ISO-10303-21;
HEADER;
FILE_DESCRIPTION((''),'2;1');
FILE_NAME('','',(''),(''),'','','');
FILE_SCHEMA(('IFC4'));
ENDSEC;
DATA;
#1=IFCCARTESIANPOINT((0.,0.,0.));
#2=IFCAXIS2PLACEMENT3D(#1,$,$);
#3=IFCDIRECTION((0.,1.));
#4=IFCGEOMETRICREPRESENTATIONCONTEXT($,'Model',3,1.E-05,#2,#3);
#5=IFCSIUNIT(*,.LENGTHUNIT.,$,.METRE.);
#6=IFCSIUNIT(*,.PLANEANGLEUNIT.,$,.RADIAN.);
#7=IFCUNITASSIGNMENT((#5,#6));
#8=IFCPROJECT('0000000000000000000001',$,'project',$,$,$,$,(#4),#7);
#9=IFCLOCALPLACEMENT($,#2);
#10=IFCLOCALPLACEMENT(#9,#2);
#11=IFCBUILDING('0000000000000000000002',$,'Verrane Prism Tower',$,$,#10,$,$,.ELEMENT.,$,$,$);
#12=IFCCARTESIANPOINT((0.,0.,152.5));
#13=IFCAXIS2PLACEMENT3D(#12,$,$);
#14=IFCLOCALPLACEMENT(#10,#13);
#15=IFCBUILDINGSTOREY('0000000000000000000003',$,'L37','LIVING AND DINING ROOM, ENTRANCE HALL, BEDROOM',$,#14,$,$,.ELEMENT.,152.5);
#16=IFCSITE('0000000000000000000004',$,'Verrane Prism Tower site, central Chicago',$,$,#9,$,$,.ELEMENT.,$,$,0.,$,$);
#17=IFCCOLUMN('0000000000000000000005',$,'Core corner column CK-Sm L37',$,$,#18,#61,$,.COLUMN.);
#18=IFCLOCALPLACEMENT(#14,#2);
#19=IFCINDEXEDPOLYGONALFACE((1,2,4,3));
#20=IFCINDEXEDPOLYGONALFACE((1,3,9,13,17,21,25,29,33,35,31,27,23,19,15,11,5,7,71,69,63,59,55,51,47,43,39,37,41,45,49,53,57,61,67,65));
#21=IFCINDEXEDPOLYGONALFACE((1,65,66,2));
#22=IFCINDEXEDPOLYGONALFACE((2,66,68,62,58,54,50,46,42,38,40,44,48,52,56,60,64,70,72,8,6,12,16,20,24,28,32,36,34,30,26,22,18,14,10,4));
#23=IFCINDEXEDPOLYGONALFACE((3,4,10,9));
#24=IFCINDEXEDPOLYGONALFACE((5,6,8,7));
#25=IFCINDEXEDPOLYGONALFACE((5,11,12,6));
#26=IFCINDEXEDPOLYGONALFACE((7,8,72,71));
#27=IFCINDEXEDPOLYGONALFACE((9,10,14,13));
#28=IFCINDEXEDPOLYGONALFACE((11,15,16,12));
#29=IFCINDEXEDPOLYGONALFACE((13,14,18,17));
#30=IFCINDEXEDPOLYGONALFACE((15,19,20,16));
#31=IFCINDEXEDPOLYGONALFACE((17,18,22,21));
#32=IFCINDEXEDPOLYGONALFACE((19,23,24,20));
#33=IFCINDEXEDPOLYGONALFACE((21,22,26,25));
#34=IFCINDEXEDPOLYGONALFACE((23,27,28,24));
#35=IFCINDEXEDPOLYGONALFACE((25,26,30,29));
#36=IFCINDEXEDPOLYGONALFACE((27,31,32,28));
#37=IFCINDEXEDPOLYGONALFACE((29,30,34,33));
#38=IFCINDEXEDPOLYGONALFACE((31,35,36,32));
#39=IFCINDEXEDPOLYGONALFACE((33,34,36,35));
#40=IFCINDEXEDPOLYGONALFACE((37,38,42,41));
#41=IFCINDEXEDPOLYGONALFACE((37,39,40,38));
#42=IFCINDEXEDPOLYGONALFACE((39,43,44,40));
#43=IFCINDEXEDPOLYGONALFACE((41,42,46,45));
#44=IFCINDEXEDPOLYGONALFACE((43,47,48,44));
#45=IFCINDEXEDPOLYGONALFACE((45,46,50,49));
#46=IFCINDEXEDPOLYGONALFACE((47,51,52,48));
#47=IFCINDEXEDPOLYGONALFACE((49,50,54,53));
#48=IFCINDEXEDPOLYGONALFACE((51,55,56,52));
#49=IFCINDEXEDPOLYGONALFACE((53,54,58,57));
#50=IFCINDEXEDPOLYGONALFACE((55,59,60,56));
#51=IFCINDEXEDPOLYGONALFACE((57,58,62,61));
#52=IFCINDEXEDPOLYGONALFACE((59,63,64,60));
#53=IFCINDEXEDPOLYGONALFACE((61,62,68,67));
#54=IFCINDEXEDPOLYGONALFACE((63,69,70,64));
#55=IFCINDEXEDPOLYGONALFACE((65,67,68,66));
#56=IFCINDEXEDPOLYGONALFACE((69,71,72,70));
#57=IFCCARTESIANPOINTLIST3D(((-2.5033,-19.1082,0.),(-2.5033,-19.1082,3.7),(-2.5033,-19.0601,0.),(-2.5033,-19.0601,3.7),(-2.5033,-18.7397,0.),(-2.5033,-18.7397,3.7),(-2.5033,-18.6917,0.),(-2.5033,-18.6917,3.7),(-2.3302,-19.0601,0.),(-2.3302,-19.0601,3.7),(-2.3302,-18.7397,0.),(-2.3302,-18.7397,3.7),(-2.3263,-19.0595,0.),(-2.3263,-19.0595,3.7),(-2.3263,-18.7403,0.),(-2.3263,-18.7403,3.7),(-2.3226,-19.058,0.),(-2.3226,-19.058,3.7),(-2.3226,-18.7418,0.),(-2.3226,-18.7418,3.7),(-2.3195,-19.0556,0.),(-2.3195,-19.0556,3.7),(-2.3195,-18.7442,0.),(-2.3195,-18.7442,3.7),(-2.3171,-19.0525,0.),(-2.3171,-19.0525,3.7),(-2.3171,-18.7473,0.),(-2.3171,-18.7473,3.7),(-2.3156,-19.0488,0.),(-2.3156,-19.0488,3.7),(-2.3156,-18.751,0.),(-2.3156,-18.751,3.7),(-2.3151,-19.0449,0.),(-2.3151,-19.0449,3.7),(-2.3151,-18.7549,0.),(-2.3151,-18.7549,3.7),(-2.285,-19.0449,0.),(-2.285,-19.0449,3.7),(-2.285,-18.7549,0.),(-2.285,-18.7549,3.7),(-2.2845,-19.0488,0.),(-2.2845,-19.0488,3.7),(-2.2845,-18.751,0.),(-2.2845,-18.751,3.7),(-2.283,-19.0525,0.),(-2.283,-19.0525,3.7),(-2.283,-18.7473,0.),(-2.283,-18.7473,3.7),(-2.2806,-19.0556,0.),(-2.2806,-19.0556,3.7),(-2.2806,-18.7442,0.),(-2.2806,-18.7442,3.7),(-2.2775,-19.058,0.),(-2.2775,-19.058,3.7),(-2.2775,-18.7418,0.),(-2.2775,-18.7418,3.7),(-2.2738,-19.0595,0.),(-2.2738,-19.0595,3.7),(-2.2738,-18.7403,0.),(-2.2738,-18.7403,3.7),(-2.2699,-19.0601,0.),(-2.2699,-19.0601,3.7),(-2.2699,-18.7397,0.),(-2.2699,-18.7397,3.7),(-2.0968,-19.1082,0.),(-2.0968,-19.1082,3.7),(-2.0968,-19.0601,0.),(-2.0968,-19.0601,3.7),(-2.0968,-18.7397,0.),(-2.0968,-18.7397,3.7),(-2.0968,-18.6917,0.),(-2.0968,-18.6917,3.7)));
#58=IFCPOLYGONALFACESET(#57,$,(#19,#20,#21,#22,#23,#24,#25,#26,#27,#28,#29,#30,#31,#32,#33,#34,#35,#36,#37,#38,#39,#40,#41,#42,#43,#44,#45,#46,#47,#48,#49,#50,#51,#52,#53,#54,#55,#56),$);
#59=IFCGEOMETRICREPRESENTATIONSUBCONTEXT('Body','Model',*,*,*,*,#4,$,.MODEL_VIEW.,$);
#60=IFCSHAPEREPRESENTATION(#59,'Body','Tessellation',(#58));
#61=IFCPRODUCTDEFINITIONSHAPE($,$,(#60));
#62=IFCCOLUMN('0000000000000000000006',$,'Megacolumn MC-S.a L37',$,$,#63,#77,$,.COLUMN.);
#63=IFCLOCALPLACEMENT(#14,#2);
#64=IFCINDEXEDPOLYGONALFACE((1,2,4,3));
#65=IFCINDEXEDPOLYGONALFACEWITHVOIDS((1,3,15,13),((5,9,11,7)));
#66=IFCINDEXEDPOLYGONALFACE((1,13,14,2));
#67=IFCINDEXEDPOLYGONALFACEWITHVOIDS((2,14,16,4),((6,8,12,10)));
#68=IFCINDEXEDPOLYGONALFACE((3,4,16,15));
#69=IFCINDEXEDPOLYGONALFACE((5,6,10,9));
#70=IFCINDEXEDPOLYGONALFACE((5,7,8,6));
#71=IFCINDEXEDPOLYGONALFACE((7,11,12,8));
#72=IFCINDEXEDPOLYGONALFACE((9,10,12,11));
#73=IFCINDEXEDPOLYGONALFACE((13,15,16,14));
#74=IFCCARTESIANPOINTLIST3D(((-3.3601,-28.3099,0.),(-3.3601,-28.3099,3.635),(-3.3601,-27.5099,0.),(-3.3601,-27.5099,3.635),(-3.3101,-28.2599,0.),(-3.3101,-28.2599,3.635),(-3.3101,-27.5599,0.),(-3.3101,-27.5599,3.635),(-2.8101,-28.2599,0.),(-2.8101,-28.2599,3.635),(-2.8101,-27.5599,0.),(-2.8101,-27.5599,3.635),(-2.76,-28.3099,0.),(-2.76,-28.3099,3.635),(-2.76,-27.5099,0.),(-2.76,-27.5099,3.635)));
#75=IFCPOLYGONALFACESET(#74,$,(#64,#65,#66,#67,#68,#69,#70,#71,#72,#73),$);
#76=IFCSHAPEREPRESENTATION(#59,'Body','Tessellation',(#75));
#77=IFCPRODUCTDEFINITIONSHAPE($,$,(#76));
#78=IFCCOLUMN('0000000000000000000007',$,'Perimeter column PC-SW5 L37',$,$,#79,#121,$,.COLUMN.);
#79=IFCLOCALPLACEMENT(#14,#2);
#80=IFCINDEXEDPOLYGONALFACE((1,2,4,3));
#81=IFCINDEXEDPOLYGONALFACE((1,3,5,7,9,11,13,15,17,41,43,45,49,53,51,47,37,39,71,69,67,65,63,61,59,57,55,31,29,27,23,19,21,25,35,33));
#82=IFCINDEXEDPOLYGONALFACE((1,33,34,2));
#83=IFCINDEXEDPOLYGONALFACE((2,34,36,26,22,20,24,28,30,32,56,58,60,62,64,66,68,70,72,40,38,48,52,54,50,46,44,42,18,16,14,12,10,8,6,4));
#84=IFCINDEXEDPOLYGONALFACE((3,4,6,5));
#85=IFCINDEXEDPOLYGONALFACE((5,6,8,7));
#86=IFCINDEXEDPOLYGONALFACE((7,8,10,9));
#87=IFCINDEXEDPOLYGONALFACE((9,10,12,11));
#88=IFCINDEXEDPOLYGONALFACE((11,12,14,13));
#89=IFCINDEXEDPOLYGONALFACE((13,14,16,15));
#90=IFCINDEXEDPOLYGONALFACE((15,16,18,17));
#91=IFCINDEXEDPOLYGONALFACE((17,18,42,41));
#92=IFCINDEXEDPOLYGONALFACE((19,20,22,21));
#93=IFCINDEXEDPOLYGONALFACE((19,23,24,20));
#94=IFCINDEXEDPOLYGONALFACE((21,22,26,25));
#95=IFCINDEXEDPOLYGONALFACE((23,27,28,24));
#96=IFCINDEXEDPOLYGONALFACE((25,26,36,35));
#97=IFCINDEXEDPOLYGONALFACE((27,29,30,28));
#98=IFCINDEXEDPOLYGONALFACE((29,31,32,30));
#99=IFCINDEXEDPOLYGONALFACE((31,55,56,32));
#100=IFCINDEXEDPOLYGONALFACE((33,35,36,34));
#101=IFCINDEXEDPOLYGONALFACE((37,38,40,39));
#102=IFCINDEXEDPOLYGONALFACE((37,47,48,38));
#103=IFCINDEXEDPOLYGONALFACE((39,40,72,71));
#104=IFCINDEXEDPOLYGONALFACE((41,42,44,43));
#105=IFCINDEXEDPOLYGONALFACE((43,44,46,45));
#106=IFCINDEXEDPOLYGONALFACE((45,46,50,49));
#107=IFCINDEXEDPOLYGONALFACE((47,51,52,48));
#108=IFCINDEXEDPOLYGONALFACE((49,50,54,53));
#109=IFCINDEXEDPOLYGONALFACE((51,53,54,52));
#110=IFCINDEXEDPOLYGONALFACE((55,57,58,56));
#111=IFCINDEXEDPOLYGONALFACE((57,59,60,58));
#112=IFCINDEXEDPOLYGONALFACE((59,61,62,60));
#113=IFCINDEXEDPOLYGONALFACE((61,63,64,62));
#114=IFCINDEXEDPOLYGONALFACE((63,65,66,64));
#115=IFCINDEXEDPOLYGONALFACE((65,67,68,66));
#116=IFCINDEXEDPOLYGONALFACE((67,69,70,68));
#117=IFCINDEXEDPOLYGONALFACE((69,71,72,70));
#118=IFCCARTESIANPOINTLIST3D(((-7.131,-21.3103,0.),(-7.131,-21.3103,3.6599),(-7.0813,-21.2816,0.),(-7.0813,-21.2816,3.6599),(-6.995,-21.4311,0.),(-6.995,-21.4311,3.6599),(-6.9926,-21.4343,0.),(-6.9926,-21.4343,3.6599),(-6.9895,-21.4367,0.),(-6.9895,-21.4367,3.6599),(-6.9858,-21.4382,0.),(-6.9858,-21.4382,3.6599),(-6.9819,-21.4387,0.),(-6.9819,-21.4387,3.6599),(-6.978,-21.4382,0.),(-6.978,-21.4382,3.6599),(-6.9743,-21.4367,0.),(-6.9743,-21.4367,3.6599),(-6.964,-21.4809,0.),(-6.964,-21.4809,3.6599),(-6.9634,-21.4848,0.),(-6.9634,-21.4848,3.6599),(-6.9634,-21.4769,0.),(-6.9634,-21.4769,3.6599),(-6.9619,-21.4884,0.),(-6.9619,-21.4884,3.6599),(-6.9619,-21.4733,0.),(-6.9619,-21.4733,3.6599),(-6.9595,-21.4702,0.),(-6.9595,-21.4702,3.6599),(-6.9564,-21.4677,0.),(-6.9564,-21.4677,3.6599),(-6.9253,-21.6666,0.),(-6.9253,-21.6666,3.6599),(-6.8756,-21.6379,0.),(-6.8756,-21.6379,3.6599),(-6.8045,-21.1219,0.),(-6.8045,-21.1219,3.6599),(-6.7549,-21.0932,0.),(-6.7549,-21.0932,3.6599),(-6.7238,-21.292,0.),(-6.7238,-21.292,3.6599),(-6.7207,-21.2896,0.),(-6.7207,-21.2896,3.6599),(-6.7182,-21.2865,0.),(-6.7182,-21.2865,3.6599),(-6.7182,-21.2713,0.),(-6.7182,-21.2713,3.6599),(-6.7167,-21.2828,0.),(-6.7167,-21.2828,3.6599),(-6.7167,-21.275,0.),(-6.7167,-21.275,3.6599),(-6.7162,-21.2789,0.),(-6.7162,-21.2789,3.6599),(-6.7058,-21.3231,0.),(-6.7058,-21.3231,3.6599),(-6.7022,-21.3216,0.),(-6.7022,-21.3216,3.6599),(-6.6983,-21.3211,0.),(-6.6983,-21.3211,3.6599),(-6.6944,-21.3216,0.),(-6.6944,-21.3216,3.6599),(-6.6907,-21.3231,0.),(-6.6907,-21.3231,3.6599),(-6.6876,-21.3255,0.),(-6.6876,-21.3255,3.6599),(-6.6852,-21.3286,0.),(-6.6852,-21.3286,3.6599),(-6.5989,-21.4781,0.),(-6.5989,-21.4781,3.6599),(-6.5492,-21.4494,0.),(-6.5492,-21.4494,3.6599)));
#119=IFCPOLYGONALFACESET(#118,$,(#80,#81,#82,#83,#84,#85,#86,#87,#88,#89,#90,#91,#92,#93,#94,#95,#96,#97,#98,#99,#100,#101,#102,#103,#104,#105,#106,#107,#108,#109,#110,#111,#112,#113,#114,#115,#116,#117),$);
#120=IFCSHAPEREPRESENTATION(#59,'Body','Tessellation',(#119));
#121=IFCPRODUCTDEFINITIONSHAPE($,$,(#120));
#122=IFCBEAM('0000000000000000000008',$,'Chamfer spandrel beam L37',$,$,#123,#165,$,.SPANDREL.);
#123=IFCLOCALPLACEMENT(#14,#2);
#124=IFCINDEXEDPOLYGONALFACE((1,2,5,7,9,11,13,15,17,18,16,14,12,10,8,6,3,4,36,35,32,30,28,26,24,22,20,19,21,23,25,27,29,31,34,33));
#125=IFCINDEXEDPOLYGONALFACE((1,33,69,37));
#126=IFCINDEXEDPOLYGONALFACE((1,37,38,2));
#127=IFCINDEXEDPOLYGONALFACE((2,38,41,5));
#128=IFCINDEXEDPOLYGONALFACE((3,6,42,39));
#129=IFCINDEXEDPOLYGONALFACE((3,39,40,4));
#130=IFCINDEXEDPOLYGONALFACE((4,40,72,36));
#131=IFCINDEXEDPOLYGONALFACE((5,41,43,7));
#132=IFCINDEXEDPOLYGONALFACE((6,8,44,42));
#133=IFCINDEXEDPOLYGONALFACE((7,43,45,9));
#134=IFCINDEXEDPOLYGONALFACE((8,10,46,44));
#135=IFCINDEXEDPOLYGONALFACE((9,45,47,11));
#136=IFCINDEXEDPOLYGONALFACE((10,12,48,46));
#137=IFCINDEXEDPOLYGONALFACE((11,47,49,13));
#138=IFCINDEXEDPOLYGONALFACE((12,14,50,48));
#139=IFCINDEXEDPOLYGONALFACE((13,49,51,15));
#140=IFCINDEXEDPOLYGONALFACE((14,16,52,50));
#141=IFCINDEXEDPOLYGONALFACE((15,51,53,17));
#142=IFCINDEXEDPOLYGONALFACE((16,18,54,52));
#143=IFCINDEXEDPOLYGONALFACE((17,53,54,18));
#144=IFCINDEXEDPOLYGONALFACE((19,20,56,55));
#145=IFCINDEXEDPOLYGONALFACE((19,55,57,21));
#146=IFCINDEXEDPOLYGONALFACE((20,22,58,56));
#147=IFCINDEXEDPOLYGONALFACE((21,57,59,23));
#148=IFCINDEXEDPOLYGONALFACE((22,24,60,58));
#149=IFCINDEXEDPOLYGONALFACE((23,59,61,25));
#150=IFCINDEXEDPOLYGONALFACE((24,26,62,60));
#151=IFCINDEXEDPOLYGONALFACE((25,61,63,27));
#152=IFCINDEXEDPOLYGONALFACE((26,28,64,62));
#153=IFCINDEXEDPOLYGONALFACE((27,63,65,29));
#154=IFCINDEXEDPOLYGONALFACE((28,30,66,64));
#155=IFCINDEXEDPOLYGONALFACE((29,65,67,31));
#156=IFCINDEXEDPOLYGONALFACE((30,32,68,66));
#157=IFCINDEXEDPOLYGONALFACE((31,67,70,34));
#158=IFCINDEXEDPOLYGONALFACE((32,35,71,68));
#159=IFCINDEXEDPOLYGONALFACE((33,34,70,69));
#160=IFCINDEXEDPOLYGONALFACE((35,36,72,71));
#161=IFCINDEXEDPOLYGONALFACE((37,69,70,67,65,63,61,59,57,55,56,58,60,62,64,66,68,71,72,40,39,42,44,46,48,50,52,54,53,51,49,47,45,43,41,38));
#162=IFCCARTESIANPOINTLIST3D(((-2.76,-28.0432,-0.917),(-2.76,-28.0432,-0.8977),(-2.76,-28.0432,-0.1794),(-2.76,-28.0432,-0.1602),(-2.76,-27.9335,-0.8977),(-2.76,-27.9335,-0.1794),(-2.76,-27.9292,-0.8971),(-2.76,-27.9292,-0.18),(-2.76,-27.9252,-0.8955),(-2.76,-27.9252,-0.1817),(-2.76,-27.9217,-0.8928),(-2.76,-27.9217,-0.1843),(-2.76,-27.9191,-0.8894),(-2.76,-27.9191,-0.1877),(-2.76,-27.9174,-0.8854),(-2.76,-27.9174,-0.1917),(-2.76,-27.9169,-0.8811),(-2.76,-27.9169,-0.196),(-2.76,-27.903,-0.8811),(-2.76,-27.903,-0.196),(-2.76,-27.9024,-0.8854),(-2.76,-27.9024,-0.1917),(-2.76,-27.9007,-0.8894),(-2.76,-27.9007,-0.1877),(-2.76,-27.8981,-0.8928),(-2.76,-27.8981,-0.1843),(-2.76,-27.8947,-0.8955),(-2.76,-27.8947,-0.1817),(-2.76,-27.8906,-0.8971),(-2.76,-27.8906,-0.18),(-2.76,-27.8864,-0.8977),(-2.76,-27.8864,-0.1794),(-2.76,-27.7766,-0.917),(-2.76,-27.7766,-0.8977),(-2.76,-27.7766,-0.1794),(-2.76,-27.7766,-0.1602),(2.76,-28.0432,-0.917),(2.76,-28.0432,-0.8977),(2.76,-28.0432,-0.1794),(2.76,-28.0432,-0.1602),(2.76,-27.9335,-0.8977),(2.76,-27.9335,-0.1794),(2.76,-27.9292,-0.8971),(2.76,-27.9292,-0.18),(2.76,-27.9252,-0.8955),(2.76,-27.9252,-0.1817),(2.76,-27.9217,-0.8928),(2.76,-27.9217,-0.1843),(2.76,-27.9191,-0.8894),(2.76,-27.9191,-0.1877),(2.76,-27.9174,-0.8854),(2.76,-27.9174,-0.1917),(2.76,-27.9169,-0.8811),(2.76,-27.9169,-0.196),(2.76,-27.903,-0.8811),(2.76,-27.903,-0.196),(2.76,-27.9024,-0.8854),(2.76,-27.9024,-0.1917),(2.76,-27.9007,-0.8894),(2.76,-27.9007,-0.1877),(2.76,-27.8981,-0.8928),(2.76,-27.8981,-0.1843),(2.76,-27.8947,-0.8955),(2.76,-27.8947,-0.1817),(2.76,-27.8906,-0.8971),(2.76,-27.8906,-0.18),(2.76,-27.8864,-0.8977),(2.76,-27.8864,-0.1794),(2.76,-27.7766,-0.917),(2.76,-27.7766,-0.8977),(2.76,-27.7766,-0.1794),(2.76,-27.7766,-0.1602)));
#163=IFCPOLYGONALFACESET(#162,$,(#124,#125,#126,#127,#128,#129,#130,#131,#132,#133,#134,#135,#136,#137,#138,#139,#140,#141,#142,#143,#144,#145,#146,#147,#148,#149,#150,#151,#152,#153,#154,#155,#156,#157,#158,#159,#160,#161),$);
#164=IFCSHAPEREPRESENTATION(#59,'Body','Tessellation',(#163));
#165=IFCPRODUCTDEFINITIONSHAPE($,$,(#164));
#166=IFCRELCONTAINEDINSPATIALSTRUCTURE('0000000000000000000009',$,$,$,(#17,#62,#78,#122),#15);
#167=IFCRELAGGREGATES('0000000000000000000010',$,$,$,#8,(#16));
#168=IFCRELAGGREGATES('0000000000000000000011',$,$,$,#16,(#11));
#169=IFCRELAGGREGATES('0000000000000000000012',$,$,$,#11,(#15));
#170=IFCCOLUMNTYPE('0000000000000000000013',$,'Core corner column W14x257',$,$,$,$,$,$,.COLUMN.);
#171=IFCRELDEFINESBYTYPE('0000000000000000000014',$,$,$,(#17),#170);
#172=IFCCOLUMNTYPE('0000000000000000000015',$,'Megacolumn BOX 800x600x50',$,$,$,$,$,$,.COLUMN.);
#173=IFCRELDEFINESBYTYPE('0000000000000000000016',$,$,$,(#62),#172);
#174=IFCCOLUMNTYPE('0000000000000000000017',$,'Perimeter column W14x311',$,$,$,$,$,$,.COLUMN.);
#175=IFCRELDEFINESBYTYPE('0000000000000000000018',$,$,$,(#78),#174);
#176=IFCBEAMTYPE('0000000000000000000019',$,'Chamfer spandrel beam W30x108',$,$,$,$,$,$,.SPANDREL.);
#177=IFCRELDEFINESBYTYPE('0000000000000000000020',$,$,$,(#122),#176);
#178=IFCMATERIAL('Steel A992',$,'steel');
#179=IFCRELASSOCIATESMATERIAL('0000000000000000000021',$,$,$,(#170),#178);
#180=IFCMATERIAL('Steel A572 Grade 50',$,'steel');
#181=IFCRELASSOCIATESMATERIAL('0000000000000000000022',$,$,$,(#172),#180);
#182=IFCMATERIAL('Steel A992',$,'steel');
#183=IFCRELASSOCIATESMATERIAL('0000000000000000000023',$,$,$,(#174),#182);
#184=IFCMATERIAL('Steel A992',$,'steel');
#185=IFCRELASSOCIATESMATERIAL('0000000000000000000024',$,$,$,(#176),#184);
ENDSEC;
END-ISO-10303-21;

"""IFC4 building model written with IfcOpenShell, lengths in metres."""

from ifc_helpers import new_model, si_unit, direction, frame, origin, origin_2d, place, context, subcontext, project, spatial, hollow_rectangle, i_section, extrude, material, material_profile, profile_set, type_object, element, save


model = new_model("IFC4")

# Units and contexts
model_context = context("Model", 3, precision=1e-05, world=origin(), true_north=direction((0.0, 1.0)))
body_context = subcontext(model_context, "Body", "Model", "MODEL_VIEW")
ifc_project = project(units=[si_unit("LENGTHUNIT", "METRE"), si_unit("PLANEANGLEUNIT", "RADIAN")], contexts=[model_context])

# Site, building, storey
site_placement = place(None, origin())
site = spatial("IfcSite", under=ifc_project, at=site_placement, Name="Verrane Prism Tower site, central Chicago", CompositionType="ELEMENT", RefElevation=0.0)
building_placement = place(site_placement, origin())
building = spatial("IfcBuilding", under=site, at=building_placement, Name="Verrane Prism Tower", CompositionType="ELEMENT")
storey_placement = place(building_placement, frame((0.0, 0.0, 152.5)))
storey = spatial("IfcBuildingStorey", under=building, at=storey_placement, Name="L37", Description="LIVING AND DINING ROOM, ENTRANCE HALL, BEDROOM", CompositionType="ELEMENT", Elevation=152.5)

# Columns
ifc_material_1 = material(Name="Steel A992", Category="steel")
ifc_material_profile_1 = material_profile(ifc_material_1, i_section(OverallWidth=0.4065, OverallDepth=0.4165, WebThickness=0.03, FlangeThickness=0.0481, FilletRadius=0.0151, at=origin_2d()), Name="W14x257")
ifc_profile_set_1 = profile_set([ifc_material_profile_1], Name="Steel A992")
column_type_1 = type_object("IfcColumnType", Name="Core corner column W14x257", PredefinedType="COLUMN", material=ifc_profile_set_1)
column_1_placement = place(storey_placement, frame((-2.3, -18.8999, 0.0), z_axis=(0.0, 0.0, 1.0), x_axis=(-1.0, 0.0, 0.0)))
element("IfcColumn", 1, at=column_1_placement, inside=storey, type_object=column_type_1, Name="Core corner column CK-Sm L37", PredefinedType="COLUMN", context=body_context, shape_type="SweptSolid", body=[
    extrude(i_section(OverallWidth=0.4065, OverallDepth=0.4165, WebThickness=0.03, FlangeThickness=0.0481, FilletRadius=0.0151, at=origin_2d()), origin(), (0.0, 0.0, 1.0), 3.7),
])
ifc_material_2 = material(Name="Steel A572 Grade 50", Category="steel")
ifc_material_profile_2 = material_profile(ifc_material_2, hollow_rectangle(XDim=0.6001, YDim=0.8, WallThickness=0.05, at=origin_2d()), Name="BOX 800x600x50")
ifc_profile_set_2 = profile_set([ifc_material_profile_2], Name="Steel A572 Grade 50")
column_type_2 = type_object("IfcColumnType", Name="Megacolumn BOX 800x600x50", PredefinedType="COLUMN", material=ifc_profile_set_2)
column_2_placement = place(storey_placement, frame((-3.0601, -27.9099, 0.0), z_axis=(0.0, 0.0, 1.0), x_axis=(-1.0, 0.0, 0.0)))
element("IfcColumn", 2, at=column_2_placement, inside=storey, type_object=column_type_2, Name="Megacolumn MC-S.a L37", PredefinedType="COLUMN", context=body_context, shape_type="SweptSolid", body=[
    extrude(hollow_rectangle(XDim=0.6001, YDim=0.8, WallThickness=0.05, at=origin_2d()), origin(), (0.0, 0.0, 1.0), 3.635),
])
ifc_material_3 = material(Name="Steel A992", Category="steel")
ifc_material_profile_3 = material_profile(ifc_material_3, i_section(OverallWidth=0.4114, OverallDepth=0.4343, WebThickness=0.0359, FlangeThickness=0.0574, FilletRadius=0.0151, at=origin_2d()), Name="W14x311")
ifc_profile_set_3 = profile_set([ifc_material_profile_3], Name="Steel A992")
column_type_3 = type_object("IfcColumnType", Name="Perimeter column W14x311", PredefinedType="COLUMN", material=ifc_profile_set_3)
column_3_placement = place(storey_placement, frame((-6.8401, -21.3799, 0.0), z_axis=(0.0, 0.0, 1.0), x_axis=(-0.5, 0.866025, 0.0)))
element("IfcColumn", 3, at=column_3_placement, inside=storey, type_object=column_type_3, Name="Perimeter column PC-SW5 L37", PredefinedType="COLUMN", context=body_context, shape_type="SweptSolid", body=[
    extrude(i_section(OverallWidth=0.4114, OverallDepth=0.4343, WebThickness=0.0359, FlangeThickness=0.0574, FilletRadius=0.0151, at=origin_2d()), origin(), (0.0, 0.0, 1.0), 3.6599),
])

# Beam
ifc_material_4 = material(Name="Steel A992", Category="steel")
ifc_material_profile_4 = material_profile(ifc_material_4, i_section(OverallWidth=0.2666, OverallDepth=0.7568, WebThickness=0.0139, FlangeThickness=0.0193, FilletRadius=0.0166, at=origin_2d()), Name="W30x108")
ifc_profile_set_4 = profile_set([ifc_material_profile_4], Name="Steel A992")
beam_type_1 = type_object("IfcBeamType", Name="Chamfer spandrel beam W30x108", PredefinedType="SPANDREL", material=ifc_profile_set_4)
beam_1_placement = place(storey_placement, frame((-2.76, -27.9099, -0.5386), z_axis=(1.0, 0.0, 0.0), x_axis=(0.0, 1.0, 0.0)))
element("IfcBeam", 4, at=beam_1_placement, inside=storey, type_object=beam_type_1, Name="Chamfer spandrel beam L37", PredefinedType="SPANDREL", context=body_context, shape_type="SweptSolid", body=[
    extrude(i_section(OverallWidth=0.2666, OverallDepth=0.7568, WebThickness=0.0139, FlangeThickness=0.0193, FilletRadius=0.0166, at=origin_2d()), origin(), (0.0, 0.0, 1.0), 5.52),
])

save(model, "model.ifc")
